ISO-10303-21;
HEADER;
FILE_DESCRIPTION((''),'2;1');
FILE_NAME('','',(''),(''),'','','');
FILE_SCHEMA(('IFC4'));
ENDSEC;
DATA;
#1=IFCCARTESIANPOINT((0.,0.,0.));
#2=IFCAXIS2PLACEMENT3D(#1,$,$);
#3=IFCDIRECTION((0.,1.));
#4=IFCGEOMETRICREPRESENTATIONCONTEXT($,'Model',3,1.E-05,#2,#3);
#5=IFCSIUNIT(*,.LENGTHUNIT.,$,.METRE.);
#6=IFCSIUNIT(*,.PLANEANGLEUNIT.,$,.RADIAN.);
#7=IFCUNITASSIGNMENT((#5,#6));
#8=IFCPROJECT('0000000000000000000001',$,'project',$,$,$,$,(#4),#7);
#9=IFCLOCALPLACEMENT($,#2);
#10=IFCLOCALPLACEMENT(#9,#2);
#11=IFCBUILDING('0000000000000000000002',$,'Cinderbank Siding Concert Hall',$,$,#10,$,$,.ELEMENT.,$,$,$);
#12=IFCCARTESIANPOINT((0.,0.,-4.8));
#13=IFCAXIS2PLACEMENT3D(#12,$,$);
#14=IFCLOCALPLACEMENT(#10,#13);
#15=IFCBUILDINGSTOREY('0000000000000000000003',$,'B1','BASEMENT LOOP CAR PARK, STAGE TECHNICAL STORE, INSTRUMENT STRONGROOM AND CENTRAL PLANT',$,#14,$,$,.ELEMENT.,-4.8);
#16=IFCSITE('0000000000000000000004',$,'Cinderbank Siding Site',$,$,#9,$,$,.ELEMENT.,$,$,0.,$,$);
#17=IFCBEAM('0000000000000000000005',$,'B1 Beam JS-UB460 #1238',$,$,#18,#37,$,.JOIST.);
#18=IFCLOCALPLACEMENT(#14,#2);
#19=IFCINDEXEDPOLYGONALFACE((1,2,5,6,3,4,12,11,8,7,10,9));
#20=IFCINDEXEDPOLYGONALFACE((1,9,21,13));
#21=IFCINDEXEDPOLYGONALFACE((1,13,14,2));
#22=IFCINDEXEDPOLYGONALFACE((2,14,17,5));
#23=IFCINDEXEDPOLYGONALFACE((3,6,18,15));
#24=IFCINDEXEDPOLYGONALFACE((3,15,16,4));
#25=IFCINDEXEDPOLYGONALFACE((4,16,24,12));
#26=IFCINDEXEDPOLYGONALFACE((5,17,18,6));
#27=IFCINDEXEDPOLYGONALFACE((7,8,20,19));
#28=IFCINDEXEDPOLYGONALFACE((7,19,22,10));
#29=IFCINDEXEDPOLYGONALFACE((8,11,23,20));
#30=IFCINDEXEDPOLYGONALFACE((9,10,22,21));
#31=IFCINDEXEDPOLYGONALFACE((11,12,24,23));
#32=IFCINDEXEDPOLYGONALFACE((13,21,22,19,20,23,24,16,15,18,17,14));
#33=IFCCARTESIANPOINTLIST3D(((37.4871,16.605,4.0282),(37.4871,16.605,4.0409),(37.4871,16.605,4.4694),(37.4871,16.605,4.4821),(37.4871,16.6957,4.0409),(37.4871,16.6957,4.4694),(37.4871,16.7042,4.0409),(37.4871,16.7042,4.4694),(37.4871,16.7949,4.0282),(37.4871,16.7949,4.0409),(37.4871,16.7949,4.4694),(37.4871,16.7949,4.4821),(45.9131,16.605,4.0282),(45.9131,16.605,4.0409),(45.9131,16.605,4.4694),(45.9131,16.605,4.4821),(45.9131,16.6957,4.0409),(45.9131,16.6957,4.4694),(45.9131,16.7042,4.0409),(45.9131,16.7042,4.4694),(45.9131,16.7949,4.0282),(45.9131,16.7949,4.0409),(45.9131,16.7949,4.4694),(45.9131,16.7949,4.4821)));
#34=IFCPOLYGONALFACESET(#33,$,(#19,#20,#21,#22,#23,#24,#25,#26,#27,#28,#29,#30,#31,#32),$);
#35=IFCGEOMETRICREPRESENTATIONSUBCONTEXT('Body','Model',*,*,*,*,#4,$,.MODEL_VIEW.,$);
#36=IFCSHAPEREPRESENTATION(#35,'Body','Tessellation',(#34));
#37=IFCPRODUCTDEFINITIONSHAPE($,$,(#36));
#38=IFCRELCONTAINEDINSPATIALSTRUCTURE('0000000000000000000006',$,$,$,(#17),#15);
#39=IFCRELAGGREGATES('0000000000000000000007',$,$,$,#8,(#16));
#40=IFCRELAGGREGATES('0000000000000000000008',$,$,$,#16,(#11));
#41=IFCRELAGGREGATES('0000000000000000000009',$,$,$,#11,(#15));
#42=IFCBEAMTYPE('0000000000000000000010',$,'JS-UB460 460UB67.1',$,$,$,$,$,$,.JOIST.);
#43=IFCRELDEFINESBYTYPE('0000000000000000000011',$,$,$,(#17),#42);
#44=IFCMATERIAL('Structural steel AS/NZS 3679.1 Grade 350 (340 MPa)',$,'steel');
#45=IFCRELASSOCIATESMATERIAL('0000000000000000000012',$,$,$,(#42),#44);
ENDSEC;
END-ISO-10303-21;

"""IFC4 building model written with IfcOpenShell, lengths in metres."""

from ifc_helpers import new_model, si_unit, direction, frame, origin, origin_2d, place, context, subcontext, project, spatial, i_section, extrude, material, material_profile, profile_set, type_object, element, save


model = new_model("IFC4")

# Units and contexts
model_context = context("Model", 3, precision=1e-05, world=origin(), true_north=direction((0.0, 1.0)))
body_context = subcontext(model_context, "Body", "Model", "MODEL_VIEW")
ifc_project = project(units=[si_unit("LENGTHUNIT", "METRE"), si_unit("PLANEANGLEUNIT", "RADIAN")], contexts=[model_context])

# Site, building, storey
site_placement = place(None, origin())
site = spatial("IfcSite", under=ifc_project, at=site_placement, Name="Cinderbank Siding Site", CompositionType="ELEMENT", RefElevation=0.0)
building_placement = place(site_placement, origin())
building = spatial("IfcBuilding", under=site, at=building_placement, Name="Cinderbank Siding Concert Hall", CompositionType="ELEMENT")
storey_placement = place(building_placement, frame((0.0, 0.0, -4.8)))
storey = spatial("IfcBuildingStorey", under=building, at=storey_placement, Name="B1", Description="BASEMENT LOOP CAR PARK, STAGE TECHNICAL STORE, INSTRUMENT STRONGROOM AND CENTRAL PLANT", CompositionType="ELEMENT", Elevation=-4.8)

# Beam
ifc_material_1 = material(Name="Structural steel AS/NZS 3679.1 Grade 350 (340 MPa)", Category="steel")
ifc_material_profile_1 = material_profile(ifc_material_1, i_section(OverallWidth=0.1899, OverallDepth=0.4539, WebThickness=0.0085, FlangeThickness=0.0127, at=origin_2d()), Name="460UB67.1", Category="LoadBearing")
ifc_profile_set_1 = profile_set([ifc_material_profile_1], Name="Structural steel AS/NZS 3679.1 Grade 350 (340 MPa)")
beam_type_1 = type_object("IfcBeamType", Name="JS-UB460 460UB67.1", PredefinedType="JOIST", material=ifc_profile_set_1)
beam_1_placement = place(storey_placement, frame((37.4871, 16.7, 4.2551), z_axis=(1.0, 0.0, 0.0), x_axis=(0.0, 1.0, 0.0)))
element("IfcBeam", 1, at=beam_1_placement, inside=storey, type_object=beam_type_1, Name="B1 Beam JS-UB460 #1238", PredefinedType="JOIST", context=body_context, shape_type="SweptSolid", body=[
    extrude(i_section(OverallWidth=0.1899, OverallDepth=0.4539, WebThickness=0.0085, FlangeThickness=0.0127, at=origin_2d()), origin(), (0.0, 0.0, 1.0), 8.426),
])

save(model, "model.ifc")
